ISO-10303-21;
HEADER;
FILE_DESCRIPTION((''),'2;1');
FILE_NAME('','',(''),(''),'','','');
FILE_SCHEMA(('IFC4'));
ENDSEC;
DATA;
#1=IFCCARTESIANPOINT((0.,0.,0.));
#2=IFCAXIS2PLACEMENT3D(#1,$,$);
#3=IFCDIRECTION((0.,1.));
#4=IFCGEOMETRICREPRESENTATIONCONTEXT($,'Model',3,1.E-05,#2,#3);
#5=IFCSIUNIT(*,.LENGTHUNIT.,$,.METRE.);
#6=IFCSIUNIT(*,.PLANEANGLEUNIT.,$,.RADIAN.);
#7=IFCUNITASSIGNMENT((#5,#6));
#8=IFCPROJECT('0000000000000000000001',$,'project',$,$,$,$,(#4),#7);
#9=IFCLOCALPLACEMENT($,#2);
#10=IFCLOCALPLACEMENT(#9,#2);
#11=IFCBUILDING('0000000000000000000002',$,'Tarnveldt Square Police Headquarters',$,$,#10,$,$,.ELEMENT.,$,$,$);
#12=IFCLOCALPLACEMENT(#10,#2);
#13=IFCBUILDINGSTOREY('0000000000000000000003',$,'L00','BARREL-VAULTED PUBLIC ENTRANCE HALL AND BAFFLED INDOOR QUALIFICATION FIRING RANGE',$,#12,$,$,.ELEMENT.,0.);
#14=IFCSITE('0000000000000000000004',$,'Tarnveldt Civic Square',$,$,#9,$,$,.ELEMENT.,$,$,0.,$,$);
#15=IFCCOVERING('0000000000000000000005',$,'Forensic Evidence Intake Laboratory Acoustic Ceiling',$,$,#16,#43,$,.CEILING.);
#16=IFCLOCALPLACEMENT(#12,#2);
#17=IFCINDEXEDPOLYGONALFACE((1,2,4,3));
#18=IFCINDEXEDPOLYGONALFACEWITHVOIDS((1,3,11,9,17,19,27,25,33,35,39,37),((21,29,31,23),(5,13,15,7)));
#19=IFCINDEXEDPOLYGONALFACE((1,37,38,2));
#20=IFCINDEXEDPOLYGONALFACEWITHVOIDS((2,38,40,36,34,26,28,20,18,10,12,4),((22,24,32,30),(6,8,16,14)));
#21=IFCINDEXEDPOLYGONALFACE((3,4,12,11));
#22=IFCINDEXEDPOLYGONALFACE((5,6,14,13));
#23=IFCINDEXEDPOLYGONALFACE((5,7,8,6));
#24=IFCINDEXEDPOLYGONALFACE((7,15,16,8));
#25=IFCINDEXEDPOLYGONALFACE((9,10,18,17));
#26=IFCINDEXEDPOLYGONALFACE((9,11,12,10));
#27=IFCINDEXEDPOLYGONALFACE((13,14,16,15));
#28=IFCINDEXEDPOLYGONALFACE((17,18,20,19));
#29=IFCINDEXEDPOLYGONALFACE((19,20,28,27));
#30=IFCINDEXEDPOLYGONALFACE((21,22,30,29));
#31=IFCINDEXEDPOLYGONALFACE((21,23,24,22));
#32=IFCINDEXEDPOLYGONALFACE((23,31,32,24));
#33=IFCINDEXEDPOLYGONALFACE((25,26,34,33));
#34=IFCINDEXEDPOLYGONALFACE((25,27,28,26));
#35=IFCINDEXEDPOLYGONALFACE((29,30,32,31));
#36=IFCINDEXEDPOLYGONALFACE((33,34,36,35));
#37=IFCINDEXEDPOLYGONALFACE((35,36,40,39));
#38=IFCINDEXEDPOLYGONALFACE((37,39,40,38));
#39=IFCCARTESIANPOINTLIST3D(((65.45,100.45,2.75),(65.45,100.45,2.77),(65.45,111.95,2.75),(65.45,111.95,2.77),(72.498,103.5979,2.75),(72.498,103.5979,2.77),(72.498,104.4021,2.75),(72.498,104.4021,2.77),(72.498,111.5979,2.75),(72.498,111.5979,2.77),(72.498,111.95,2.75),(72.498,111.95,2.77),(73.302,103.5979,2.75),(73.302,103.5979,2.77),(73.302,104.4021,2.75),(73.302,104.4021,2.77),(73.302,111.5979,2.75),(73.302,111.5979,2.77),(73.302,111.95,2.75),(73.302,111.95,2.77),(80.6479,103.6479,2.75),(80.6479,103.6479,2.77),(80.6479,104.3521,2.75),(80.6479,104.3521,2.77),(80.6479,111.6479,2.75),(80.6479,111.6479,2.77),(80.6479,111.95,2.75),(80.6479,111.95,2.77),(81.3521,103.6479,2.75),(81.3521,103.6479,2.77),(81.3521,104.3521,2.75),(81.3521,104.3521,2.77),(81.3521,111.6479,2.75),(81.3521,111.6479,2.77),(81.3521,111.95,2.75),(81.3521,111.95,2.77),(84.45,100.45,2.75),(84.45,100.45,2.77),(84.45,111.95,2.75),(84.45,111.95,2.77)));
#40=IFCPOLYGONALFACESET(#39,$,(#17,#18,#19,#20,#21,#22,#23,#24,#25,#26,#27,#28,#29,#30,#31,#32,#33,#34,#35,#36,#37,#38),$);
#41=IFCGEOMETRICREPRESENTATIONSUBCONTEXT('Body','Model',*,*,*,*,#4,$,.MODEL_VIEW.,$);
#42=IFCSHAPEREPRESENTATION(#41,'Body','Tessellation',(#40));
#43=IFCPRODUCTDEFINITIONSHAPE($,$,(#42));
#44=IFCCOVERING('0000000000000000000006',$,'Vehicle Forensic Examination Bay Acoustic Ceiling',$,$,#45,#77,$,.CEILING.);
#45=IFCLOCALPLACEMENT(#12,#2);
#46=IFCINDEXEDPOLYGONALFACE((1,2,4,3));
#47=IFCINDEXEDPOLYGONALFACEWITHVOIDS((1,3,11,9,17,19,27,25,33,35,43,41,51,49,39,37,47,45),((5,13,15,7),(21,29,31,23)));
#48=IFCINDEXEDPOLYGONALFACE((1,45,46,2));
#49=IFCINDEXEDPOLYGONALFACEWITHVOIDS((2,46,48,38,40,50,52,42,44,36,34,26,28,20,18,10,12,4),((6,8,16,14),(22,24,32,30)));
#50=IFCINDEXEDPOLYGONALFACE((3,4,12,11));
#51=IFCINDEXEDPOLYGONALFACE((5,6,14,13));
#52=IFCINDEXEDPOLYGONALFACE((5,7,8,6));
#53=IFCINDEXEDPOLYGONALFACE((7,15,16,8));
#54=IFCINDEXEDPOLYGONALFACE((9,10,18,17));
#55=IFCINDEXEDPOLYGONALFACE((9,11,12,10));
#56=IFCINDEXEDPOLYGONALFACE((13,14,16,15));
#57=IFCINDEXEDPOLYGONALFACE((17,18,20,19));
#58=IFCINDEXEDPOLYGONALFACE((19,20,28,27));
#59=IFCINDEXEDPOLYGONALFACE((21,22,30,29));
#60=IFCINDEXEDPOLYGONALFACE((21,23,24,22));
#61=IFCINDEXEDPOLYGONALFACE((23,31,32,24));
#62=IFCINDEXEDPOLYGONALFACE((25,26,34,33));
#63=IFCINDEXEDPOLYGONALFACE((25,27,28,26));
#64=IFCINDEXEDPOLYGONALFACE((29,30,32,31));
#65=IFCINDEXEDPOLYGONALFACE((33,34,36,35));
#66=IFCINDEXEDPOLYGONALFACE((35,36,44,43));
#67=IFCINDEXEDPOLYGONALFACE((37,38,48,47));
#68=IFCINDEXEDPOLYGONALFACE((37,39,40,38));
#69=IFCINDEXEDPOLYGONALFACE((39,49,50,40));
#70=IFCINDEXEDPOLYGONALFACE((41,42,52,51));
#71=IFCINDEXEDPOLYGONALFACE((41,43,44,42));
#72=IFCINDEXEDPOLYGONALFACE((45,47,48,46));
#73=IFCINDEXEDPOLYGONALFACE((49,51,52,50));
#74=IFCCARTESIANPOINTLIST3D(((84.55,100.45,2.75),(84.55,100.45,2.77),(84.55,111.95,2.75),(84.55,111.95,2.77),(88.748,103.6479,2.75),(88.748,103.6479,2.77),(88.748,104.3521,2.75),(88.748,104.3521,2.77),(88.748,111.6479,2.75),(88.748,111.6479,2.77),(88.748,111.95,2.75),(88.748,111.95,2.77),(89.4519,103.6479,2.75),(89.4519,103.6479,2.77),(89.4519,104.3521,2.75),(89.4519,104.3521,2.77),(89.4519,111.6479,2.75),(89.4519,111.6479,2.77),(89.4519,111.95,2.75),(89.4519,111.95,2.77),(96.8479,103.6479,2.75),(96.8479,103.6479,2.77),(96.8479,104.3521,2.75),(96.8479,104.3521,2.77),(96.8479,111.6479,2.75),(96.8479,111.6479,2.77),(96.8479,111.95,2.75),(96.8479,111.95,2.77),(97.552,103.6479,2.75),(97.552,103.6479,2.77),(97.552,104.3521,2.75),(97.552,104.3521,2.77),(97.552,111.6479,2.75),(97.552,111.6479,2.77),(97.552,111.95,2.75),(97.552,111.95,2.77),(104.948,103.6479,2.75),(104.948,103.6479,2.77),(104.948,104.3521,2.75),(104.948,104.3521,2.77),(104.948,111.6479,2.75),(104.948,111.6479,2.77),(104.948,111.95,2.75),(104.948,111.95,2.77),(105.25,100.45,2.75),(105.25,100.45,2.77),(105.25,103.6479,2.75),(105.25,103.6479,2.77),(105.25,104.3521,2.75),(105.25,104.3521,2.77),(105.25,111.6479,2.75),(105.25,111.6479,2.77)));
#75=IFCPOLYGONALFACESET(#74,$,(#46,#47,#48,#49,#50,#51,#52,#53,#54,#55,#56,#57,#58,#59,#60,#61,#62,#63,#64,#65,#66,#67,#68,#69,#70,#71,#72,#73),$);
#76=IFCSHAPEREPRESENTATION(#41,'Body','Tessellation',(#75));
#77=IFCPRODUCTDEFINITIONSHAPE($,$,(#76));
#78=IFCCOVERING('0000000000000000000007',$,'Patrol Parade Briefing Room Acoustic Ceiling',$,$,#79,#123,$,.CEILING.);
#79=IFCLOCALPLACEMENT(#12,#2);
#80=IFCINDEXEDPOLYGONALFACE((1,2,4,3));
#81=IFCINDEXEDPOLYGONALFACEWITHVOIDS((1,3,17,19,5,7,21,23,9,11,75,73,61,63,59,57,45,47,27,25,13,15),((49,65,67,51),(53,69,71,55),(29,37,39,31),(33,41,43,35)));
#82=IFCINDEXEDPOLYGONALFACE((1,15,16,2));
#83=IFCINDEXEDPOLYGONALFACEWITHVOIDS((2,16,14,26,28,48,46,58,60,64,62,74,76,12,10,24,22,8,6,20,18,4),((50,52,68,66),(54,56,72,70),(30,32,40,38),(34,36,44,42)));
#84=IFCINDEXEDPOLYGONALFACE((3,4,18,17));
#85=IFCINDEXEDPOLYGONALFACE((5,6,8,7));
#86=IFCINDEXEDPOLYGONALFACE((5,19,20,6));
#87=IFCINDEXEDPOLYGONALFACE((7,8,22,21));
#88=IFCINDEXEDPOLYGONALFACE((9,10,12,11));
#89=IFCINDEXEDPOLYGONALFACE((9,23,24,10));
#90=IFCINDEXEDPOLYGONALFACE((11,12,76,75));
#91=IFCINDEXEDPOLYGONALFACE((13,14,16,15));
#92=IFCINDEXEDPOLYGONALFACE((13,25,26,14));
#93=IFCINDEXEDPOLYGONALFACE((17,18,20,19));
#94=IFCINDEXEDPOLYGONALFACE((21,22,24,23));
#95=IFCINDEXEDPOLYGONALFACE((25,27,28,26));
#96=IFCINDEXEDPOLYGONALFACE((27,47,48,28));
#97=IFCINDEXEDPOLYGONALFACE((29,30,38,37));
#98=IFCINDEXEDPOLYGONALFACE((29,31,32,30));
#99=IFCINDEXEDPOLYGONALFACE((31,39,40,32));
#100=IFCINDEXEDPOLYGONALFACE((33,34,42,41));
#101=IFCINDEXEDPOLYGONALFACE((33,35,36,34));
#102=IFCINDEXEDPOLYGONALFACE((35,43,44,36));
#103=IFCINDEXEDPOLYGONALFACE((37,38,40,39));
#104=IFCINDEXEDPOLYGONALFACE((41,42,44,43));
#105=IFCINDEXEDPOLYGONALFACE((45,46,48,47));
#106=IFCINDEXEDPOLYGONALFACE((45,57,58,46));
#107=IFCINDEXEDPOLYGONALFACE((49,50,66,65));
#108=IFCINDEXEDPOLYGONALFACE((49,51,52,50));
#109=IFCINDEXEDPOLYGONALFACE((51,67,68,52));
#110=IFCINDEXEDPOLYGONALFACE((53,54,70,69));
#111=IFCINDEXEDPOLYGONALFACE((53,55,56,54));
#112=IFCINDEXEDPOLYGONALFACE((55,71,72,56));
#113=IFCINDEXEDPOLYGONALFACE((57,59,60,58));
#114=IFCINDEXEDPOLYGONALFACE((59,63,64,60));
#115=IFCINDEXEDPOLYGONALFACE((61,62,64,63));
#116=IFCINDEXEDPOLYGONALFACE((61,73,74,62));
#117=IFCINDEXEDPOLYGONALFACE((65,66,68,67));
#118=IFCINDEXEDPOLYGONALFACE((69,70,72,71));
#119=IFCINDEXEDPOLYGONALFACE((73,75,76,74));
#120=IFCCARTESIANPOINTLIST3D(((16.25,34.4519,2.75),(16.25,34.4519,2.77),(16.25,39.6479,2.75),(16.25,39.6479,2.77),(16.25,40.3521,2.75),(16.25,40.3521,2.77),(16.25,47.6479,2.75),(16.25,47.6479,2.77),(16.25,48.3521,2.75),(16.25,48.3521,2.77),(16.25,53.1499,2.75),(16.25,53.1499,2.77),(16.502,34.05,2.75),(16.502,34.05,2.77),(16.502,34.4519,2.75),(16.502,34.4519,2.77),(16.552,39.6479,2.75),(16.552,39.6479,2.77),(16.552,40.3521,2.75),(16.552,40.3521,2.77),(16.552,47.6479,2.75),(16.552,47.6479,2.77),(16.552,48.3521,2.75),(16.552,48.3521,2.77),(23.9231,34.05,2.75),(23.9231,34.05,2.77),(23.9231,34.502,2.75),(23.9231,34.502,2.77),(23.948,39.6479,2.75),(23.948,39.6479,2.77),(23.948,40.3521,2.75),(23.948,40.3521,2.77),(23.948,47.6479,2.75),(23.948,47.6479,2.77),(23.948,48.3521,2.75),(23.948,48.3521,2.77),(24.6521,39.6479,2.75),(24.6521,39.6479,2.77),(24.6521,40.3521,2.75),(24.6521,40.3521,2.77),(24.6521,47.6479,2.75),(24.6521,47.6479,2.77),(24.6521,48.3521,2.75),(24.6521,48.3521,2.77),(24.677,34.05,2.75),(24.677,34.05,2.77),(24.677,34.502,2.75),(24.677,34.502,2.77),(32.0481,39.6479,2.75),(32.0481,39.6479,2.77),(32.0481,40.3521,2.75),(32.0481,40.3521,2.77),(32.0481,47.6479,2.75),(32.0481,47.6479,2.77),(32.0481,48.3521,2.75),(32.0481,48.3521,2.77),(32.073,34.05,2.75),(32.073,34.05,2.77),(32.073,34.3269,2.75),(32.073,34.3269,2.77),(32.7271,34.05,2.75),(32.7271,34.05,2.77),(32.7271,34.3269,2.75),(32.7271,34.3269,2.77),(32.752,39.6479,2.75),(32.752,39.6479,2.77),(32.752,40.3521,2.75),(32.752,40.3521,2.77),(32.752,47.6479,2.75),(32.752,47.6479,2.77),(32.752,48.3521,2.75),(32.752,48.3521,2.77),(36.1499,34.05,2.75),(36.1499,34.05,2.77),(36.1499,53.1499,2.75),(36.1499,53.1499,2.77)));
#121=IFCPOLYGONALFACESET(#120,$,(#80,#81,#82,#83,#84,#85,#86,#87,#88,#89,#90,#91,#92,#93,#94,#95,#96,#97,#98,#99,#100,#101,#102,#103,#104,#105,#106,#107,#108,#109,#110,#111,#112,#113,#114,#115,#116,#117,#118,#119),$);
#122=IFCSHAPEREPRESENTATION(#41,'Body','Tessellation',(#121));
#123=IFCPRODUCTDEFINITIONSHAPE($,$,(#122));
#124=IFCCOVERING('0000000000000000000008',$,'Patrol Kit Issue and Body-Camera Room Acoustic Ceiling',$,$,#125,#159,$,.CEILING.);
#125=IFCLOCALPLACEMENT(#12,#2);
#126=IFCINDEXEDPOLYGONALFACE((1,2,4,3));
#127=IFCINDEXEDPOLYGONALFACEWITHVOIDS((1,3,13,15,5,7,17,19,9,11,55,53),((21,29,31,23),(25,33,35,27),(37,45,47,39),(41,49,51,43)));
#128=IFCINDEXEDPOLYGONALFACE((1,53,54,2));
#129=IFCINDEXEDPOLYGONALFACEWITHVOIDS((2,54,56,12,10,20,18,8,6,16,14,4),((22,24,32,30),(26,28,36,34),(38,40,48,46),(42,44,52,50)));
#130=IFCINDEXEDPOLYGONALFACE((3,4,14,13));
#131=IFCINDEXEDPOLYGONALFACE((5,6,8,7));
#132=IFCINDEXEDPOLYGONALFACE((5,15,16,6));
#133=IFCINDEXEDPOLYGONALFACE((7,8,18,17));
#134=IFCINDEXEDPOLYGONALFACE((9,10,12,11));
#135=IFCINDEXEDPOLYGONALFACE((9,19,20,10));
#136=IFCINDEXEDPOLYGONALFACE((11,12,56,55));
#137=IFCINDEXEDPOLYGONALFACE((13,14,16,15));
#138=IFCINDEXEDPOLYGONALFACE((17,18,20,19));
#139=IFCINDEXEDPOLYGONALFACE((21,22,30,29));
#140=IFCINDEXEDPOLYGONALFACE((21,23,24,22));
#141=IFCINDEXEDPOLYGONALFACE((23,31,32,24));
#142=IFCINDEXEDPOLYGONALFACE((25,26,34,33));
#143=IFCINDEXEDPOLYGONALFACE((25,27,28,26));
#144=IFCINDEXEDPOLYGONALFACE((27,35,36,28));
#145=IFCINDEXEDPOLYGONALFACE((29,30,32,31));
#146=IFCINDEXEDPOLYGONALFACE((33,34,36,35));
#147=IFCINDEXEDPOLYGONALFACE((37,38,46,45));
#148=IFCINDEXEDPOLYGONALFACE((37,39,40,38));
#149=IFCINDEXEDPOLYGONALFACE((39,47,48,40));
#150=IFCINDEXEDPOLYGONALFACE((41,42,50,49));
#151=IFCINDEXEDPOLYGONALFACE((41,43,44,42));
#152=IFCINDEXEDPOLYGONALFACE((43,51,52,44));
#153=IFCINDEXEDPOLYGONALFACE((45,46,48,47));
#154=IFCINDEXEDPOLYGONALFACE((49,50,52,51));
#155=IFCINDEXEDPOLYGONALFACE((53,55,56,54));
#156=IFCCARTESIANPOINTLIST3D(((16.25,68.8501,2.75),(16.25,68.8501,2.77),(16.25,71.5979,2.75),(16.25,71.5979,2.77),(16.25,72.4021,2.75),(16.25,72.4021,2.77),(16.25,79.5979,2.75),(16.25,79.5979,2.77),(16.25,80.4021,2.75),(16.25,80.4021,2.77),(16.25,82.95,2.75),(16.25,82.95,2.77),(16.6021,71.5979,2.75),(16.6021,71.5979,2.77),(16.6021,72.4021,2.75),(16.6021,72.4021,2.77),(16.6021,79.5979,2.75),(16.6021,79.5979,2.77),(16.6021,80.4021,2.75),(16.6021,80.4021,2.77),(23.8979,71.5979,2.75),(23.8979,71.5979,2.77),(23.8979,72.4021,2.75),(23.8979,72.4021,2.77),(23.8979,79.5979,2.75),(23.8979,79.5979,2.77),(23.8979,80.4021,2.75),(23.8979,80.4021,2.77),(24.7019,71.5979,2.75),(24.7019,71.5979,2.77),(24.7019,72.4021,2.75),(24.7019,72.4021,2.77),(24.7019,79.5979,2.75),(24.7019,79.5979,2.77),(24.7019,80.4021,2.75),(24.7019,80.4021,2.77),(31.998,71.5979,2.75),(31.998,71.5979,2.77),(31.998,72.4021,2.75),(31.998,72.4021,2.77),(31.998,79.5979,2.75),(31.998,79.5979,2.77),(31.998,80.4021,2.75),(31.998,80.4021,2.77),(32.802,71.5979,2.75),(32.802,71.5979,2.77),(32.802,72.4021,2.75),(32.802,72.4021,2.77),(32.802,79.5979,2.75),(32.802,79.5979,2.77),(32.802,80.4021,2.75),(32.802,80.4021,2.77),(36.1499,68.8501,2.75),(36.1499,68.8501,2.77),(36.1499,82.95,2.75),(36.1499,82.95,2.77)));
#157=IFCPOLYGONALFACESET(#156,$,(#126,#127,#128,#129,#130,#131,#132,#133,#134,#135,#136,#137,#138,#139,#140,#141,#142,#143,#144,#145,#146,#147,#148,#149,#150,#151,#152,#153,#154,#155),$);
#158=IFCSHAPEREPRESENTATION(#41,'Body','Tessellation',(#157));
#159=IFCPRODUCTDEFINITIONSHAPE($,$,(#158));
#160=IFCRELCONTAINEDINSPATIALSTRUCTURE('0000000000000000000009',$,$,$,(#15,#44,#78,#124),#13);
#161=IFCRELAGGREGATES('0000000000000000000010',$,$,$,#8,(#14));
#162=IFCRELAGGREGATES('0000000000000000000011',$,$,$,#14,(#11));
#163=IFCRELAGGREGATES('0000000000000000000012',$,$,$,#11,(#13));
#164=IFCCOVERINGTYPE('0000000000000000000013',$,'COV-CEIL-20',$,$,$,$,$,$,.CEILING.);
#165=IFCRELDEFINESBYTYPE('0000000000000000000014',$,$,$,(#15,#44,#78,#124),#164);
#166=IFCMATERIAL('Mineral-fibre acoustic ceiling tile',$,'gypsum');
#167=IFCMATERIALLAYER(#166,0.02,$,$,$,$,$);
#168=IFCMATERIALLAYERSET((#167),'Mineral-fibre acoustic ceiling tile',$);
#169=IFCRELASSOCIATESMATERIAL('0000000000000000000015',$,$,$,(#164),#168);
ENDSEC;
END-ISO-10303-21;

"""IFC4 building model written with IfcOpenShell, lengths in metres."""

from ifc_helpers import new_model, si_unit, direction, frame, origin, place, context, subcontext, project, spatial, polyline, outline, extrude, material, layer, layer_set, type_object, element, save


model = new_model("IFC4")

# Units and contexts
model_context = context("Model", 3, precision=1e-05, world=origin(), true_north=direction((0.0, 1.0)))
body_context = subcontext(model_context, "Body", "Model", "MODEL_VIEW")
ifc_project = project(units=[si_unit("LENGTHUNIT", "METRE"), si_unit("PLANEANGLEUNIT", "RADIAN")], contexts=[model_context])

# Site, building, storey
site_placement = place(None, origin())
site = spatial("IfcSite", under=ifc_project, at=site_placement, Name="Tarnveldt Civic Square", CompositionType="ELEMENT", RefElevation=0.0)
building_placement = place(site_placement, origin())
building = spatial("IfcBuilding", under=site, at=building_placement, Name="Tarnveldt Square Police Headquarters", CompositionType="ELEMENT")
storey_placement = place(building_placement, origin())
storey = spatial("IfcBuildingStorey", under=building, at=storey_placement, Name="L00", Description="BARREL-VAULTED PUBLIC ENTRANCE HALL AND BAFFLED INDOOR QUALIFICATION FIRING RANGE", CompositionType="ELEMENT", Elevation=0.0)

# Coverings
ifc_material_1 = material(Name="Mineral-fibre acoustic ceiling tile", Category="gypsum")
ifc_layer_1 = layer(ifc_material_1, 0.02)
ifc_layer_set_1 = layer_set([ifc_layer_1], Name="Mineral-fibre acoustic ceiling tile")
covering_type_1 = type_object("IfcCoveringType", Name="COV-CEIL-20", PredefinedType="CEILING", material=ifc_layer_set_1)
covering_1_placement = place(storey_placement, frame((0.0, 0.0, 2.75)))
element("IfcCovering", 1, at=covering_1_placement, inside=storey, type_object=covering_type_1, Name="Forensic Evidence Intake Laboratory Acoustic Ceiling", PredefinedType="CEILING", context=body_context, shape_type="SweptSolid", body=[
    extrude(outline(polyline([(84.45, 111.95), (84.45, 100.45), (65.45, 100.45), (65.45, 111.95), (72.498, 111.95), (72.498, 111.5979), (73.302, 111.5979), (73.302, 111.95), (80.6479, 111.95), (80.6479, 111.6479), (81.3521, 111.6479), (81.3521, 111.95), (84.45, 111.95)]), holes=[polyline([(81.3521, 104.3521), (80.6479, 104.3521), (80.6479, 103.6479), (81.3521, 103.6479), (81.3521, 104.3521)]), polyline([(73.302, 104.4021), (72.498, 104.4021), (72.498, 103.5979), (73.302, 103.5979), (73.302, 104.4021)])]), origin(), (0.0, 0.0, 1.0), 0.02),
])
covering_2_placement = place(storey_placement, frame((0.0, 0.0, 2.75)))
element("IfcCovering", 2, at=covering_2_placement, inside=storey, type_object=covering_type_1, Name="Vehicle Forensic Examination Bay Acoustic Ceiling", PredefinedType="CEILING", context=body_context, shape_type="SweptSolid", body=[
    extrude(outline(polyline([(105.25, 100.45), (84.55, 100.45), (84.55, 111.95), (88.748, 111.95), (88.748, 111.6479), (89.4519, 111.6479), (89.4519, 111.95), (96.8479, 111.95), (96.8479, 111.6479), (97.552, 111.6479), (97.552, 111.95), (104.948, 111.95), (104.948, 111.6479), (105.25, 111.6479), (105.25, 104.3521), (104.948, 104.3521), (104.948, 103.6479), (105.25, 103.6479), (105.25, 100.45)]), holes=[polyline([(97.552, 104.3521), (96.8479, 104.3521), (96.8479, 103.6479), (97.552, 103.6479), (97.552, 104.3521)]), polyline([(89.4519, 104.3521), (88.748, 104.3521), (88.748, 103.6479), (89.4519, 103.6479), (89.4519, 104.3521)])]), origin(), (0.0, 0.0, 1.0), 0.02),
])
covering_3_placement = place(storey_placement, frame((0.0, 0.0, 2.75)))
element("IfcCovering", 3, at=covering_3_placement, inside=storey, type_object=covering_type_1, Name="Patrol Parade Briefing Room Acoustic Ceiling", PredefinedType="CEILING", context=body_context, shape_type="SweptSolid", body=[
    extrude(outline(polyline([(16.25, 53.1499), (36.1499, 53.1499), (36.1499, 34.05), (32.7271, 34.05), (32.7271, 34.3269), (32.073, 34.3269), (32.073, 34.05), (24.677, 34.05), (24.677, 34.502), (23.9231, 34.502), (23.9231, 34.05), (16.502, 34.05), (16.502, 34.4519), (16.25, 34.4519), (16.25, 39.6479), (16.552, 39.6479), (16.552, 40.3521), (16.25, 40.3521), (16.25, 47.6479), (16.552, 47.6479), (16.552, 48.3521), (16.25, 48.3521), (16.25, 53.1499)]), holes=[polyline([(32.752, 40.3521), (32.0481, 40.3521), (32.0481, 39.6479), (32.752, 39.6479), (32.752, 40.3521)]), polyline([(32.752, 48.3521), (32.0481, 48.3521), (32.0481, 47.6479), (32.752, 47.6479), (32.752, 48.3521)]), polyline([(24.6521, 48.3521), (23.948, 48.3521), (23.948, 47.6479), (24.6521, 47.6479), (24.6521, 48.3521)]), polyline([(24.6521, 40.3521), (23.948, 40.3521), (23.948, 39.6479), (24.6521, 39.6479), (24.6521, 40.3521)])]), origin(), (0.0, 0.0, 1.0), 0.02),
])
covering_4_placement = place(storey_placement, frame((0.0, 0.0, 2.75)))
element("IfcCovering", 4, at=covering_4_placement, inside=storey, type_object=covering_type_1, Name="Patrol Kit Issue and Body-Camera Room Acoustic Ceiling", PredefinedType="CEILING", context=body_context, shape_type="SweptSolid", body=[
    extrude(outline(polyline([(16.25, 82.95), (36.1499, 82.95), (36.1499, 68.8501), (16.25, 68.8501), (16.25, 71.5979), (16.6021, 71.5979), (16.6021, 72.4021), (16.25, 72.4021), (16.25, 79.5979), (16.6021, 79.5979), (16.6021, 80.4021), (16.25, 80.4021), (16.25, 82.95)]), holes=[polyline([(32.802, 80.4021), (31.998, 80.4021), (31.998, 79.5979), (32.802, 79.5979), (32.802, 80.4021)]), polyline([(32.802, 72.4021), (31.998, 72.4021), (31.998, 71.5979), (32.802, 71.5979), (32.802, 72.4021)]), polyline([(24.7019, 80.4021), (23.8979, 80.4021), (23.8979, 79.5979), (24.7019, 79.5979), (24.7019, 80.4021)]), polyline([(24.7019, 72.4021), (23.8979, 72.4021), (23.8979, 71.5979), (24.7019, 71.5979), (24.7019, 72.4021)])]), origin(), (0.0, 0.0, 1.0), 0.02),
])

save(model, "model.ifc")
